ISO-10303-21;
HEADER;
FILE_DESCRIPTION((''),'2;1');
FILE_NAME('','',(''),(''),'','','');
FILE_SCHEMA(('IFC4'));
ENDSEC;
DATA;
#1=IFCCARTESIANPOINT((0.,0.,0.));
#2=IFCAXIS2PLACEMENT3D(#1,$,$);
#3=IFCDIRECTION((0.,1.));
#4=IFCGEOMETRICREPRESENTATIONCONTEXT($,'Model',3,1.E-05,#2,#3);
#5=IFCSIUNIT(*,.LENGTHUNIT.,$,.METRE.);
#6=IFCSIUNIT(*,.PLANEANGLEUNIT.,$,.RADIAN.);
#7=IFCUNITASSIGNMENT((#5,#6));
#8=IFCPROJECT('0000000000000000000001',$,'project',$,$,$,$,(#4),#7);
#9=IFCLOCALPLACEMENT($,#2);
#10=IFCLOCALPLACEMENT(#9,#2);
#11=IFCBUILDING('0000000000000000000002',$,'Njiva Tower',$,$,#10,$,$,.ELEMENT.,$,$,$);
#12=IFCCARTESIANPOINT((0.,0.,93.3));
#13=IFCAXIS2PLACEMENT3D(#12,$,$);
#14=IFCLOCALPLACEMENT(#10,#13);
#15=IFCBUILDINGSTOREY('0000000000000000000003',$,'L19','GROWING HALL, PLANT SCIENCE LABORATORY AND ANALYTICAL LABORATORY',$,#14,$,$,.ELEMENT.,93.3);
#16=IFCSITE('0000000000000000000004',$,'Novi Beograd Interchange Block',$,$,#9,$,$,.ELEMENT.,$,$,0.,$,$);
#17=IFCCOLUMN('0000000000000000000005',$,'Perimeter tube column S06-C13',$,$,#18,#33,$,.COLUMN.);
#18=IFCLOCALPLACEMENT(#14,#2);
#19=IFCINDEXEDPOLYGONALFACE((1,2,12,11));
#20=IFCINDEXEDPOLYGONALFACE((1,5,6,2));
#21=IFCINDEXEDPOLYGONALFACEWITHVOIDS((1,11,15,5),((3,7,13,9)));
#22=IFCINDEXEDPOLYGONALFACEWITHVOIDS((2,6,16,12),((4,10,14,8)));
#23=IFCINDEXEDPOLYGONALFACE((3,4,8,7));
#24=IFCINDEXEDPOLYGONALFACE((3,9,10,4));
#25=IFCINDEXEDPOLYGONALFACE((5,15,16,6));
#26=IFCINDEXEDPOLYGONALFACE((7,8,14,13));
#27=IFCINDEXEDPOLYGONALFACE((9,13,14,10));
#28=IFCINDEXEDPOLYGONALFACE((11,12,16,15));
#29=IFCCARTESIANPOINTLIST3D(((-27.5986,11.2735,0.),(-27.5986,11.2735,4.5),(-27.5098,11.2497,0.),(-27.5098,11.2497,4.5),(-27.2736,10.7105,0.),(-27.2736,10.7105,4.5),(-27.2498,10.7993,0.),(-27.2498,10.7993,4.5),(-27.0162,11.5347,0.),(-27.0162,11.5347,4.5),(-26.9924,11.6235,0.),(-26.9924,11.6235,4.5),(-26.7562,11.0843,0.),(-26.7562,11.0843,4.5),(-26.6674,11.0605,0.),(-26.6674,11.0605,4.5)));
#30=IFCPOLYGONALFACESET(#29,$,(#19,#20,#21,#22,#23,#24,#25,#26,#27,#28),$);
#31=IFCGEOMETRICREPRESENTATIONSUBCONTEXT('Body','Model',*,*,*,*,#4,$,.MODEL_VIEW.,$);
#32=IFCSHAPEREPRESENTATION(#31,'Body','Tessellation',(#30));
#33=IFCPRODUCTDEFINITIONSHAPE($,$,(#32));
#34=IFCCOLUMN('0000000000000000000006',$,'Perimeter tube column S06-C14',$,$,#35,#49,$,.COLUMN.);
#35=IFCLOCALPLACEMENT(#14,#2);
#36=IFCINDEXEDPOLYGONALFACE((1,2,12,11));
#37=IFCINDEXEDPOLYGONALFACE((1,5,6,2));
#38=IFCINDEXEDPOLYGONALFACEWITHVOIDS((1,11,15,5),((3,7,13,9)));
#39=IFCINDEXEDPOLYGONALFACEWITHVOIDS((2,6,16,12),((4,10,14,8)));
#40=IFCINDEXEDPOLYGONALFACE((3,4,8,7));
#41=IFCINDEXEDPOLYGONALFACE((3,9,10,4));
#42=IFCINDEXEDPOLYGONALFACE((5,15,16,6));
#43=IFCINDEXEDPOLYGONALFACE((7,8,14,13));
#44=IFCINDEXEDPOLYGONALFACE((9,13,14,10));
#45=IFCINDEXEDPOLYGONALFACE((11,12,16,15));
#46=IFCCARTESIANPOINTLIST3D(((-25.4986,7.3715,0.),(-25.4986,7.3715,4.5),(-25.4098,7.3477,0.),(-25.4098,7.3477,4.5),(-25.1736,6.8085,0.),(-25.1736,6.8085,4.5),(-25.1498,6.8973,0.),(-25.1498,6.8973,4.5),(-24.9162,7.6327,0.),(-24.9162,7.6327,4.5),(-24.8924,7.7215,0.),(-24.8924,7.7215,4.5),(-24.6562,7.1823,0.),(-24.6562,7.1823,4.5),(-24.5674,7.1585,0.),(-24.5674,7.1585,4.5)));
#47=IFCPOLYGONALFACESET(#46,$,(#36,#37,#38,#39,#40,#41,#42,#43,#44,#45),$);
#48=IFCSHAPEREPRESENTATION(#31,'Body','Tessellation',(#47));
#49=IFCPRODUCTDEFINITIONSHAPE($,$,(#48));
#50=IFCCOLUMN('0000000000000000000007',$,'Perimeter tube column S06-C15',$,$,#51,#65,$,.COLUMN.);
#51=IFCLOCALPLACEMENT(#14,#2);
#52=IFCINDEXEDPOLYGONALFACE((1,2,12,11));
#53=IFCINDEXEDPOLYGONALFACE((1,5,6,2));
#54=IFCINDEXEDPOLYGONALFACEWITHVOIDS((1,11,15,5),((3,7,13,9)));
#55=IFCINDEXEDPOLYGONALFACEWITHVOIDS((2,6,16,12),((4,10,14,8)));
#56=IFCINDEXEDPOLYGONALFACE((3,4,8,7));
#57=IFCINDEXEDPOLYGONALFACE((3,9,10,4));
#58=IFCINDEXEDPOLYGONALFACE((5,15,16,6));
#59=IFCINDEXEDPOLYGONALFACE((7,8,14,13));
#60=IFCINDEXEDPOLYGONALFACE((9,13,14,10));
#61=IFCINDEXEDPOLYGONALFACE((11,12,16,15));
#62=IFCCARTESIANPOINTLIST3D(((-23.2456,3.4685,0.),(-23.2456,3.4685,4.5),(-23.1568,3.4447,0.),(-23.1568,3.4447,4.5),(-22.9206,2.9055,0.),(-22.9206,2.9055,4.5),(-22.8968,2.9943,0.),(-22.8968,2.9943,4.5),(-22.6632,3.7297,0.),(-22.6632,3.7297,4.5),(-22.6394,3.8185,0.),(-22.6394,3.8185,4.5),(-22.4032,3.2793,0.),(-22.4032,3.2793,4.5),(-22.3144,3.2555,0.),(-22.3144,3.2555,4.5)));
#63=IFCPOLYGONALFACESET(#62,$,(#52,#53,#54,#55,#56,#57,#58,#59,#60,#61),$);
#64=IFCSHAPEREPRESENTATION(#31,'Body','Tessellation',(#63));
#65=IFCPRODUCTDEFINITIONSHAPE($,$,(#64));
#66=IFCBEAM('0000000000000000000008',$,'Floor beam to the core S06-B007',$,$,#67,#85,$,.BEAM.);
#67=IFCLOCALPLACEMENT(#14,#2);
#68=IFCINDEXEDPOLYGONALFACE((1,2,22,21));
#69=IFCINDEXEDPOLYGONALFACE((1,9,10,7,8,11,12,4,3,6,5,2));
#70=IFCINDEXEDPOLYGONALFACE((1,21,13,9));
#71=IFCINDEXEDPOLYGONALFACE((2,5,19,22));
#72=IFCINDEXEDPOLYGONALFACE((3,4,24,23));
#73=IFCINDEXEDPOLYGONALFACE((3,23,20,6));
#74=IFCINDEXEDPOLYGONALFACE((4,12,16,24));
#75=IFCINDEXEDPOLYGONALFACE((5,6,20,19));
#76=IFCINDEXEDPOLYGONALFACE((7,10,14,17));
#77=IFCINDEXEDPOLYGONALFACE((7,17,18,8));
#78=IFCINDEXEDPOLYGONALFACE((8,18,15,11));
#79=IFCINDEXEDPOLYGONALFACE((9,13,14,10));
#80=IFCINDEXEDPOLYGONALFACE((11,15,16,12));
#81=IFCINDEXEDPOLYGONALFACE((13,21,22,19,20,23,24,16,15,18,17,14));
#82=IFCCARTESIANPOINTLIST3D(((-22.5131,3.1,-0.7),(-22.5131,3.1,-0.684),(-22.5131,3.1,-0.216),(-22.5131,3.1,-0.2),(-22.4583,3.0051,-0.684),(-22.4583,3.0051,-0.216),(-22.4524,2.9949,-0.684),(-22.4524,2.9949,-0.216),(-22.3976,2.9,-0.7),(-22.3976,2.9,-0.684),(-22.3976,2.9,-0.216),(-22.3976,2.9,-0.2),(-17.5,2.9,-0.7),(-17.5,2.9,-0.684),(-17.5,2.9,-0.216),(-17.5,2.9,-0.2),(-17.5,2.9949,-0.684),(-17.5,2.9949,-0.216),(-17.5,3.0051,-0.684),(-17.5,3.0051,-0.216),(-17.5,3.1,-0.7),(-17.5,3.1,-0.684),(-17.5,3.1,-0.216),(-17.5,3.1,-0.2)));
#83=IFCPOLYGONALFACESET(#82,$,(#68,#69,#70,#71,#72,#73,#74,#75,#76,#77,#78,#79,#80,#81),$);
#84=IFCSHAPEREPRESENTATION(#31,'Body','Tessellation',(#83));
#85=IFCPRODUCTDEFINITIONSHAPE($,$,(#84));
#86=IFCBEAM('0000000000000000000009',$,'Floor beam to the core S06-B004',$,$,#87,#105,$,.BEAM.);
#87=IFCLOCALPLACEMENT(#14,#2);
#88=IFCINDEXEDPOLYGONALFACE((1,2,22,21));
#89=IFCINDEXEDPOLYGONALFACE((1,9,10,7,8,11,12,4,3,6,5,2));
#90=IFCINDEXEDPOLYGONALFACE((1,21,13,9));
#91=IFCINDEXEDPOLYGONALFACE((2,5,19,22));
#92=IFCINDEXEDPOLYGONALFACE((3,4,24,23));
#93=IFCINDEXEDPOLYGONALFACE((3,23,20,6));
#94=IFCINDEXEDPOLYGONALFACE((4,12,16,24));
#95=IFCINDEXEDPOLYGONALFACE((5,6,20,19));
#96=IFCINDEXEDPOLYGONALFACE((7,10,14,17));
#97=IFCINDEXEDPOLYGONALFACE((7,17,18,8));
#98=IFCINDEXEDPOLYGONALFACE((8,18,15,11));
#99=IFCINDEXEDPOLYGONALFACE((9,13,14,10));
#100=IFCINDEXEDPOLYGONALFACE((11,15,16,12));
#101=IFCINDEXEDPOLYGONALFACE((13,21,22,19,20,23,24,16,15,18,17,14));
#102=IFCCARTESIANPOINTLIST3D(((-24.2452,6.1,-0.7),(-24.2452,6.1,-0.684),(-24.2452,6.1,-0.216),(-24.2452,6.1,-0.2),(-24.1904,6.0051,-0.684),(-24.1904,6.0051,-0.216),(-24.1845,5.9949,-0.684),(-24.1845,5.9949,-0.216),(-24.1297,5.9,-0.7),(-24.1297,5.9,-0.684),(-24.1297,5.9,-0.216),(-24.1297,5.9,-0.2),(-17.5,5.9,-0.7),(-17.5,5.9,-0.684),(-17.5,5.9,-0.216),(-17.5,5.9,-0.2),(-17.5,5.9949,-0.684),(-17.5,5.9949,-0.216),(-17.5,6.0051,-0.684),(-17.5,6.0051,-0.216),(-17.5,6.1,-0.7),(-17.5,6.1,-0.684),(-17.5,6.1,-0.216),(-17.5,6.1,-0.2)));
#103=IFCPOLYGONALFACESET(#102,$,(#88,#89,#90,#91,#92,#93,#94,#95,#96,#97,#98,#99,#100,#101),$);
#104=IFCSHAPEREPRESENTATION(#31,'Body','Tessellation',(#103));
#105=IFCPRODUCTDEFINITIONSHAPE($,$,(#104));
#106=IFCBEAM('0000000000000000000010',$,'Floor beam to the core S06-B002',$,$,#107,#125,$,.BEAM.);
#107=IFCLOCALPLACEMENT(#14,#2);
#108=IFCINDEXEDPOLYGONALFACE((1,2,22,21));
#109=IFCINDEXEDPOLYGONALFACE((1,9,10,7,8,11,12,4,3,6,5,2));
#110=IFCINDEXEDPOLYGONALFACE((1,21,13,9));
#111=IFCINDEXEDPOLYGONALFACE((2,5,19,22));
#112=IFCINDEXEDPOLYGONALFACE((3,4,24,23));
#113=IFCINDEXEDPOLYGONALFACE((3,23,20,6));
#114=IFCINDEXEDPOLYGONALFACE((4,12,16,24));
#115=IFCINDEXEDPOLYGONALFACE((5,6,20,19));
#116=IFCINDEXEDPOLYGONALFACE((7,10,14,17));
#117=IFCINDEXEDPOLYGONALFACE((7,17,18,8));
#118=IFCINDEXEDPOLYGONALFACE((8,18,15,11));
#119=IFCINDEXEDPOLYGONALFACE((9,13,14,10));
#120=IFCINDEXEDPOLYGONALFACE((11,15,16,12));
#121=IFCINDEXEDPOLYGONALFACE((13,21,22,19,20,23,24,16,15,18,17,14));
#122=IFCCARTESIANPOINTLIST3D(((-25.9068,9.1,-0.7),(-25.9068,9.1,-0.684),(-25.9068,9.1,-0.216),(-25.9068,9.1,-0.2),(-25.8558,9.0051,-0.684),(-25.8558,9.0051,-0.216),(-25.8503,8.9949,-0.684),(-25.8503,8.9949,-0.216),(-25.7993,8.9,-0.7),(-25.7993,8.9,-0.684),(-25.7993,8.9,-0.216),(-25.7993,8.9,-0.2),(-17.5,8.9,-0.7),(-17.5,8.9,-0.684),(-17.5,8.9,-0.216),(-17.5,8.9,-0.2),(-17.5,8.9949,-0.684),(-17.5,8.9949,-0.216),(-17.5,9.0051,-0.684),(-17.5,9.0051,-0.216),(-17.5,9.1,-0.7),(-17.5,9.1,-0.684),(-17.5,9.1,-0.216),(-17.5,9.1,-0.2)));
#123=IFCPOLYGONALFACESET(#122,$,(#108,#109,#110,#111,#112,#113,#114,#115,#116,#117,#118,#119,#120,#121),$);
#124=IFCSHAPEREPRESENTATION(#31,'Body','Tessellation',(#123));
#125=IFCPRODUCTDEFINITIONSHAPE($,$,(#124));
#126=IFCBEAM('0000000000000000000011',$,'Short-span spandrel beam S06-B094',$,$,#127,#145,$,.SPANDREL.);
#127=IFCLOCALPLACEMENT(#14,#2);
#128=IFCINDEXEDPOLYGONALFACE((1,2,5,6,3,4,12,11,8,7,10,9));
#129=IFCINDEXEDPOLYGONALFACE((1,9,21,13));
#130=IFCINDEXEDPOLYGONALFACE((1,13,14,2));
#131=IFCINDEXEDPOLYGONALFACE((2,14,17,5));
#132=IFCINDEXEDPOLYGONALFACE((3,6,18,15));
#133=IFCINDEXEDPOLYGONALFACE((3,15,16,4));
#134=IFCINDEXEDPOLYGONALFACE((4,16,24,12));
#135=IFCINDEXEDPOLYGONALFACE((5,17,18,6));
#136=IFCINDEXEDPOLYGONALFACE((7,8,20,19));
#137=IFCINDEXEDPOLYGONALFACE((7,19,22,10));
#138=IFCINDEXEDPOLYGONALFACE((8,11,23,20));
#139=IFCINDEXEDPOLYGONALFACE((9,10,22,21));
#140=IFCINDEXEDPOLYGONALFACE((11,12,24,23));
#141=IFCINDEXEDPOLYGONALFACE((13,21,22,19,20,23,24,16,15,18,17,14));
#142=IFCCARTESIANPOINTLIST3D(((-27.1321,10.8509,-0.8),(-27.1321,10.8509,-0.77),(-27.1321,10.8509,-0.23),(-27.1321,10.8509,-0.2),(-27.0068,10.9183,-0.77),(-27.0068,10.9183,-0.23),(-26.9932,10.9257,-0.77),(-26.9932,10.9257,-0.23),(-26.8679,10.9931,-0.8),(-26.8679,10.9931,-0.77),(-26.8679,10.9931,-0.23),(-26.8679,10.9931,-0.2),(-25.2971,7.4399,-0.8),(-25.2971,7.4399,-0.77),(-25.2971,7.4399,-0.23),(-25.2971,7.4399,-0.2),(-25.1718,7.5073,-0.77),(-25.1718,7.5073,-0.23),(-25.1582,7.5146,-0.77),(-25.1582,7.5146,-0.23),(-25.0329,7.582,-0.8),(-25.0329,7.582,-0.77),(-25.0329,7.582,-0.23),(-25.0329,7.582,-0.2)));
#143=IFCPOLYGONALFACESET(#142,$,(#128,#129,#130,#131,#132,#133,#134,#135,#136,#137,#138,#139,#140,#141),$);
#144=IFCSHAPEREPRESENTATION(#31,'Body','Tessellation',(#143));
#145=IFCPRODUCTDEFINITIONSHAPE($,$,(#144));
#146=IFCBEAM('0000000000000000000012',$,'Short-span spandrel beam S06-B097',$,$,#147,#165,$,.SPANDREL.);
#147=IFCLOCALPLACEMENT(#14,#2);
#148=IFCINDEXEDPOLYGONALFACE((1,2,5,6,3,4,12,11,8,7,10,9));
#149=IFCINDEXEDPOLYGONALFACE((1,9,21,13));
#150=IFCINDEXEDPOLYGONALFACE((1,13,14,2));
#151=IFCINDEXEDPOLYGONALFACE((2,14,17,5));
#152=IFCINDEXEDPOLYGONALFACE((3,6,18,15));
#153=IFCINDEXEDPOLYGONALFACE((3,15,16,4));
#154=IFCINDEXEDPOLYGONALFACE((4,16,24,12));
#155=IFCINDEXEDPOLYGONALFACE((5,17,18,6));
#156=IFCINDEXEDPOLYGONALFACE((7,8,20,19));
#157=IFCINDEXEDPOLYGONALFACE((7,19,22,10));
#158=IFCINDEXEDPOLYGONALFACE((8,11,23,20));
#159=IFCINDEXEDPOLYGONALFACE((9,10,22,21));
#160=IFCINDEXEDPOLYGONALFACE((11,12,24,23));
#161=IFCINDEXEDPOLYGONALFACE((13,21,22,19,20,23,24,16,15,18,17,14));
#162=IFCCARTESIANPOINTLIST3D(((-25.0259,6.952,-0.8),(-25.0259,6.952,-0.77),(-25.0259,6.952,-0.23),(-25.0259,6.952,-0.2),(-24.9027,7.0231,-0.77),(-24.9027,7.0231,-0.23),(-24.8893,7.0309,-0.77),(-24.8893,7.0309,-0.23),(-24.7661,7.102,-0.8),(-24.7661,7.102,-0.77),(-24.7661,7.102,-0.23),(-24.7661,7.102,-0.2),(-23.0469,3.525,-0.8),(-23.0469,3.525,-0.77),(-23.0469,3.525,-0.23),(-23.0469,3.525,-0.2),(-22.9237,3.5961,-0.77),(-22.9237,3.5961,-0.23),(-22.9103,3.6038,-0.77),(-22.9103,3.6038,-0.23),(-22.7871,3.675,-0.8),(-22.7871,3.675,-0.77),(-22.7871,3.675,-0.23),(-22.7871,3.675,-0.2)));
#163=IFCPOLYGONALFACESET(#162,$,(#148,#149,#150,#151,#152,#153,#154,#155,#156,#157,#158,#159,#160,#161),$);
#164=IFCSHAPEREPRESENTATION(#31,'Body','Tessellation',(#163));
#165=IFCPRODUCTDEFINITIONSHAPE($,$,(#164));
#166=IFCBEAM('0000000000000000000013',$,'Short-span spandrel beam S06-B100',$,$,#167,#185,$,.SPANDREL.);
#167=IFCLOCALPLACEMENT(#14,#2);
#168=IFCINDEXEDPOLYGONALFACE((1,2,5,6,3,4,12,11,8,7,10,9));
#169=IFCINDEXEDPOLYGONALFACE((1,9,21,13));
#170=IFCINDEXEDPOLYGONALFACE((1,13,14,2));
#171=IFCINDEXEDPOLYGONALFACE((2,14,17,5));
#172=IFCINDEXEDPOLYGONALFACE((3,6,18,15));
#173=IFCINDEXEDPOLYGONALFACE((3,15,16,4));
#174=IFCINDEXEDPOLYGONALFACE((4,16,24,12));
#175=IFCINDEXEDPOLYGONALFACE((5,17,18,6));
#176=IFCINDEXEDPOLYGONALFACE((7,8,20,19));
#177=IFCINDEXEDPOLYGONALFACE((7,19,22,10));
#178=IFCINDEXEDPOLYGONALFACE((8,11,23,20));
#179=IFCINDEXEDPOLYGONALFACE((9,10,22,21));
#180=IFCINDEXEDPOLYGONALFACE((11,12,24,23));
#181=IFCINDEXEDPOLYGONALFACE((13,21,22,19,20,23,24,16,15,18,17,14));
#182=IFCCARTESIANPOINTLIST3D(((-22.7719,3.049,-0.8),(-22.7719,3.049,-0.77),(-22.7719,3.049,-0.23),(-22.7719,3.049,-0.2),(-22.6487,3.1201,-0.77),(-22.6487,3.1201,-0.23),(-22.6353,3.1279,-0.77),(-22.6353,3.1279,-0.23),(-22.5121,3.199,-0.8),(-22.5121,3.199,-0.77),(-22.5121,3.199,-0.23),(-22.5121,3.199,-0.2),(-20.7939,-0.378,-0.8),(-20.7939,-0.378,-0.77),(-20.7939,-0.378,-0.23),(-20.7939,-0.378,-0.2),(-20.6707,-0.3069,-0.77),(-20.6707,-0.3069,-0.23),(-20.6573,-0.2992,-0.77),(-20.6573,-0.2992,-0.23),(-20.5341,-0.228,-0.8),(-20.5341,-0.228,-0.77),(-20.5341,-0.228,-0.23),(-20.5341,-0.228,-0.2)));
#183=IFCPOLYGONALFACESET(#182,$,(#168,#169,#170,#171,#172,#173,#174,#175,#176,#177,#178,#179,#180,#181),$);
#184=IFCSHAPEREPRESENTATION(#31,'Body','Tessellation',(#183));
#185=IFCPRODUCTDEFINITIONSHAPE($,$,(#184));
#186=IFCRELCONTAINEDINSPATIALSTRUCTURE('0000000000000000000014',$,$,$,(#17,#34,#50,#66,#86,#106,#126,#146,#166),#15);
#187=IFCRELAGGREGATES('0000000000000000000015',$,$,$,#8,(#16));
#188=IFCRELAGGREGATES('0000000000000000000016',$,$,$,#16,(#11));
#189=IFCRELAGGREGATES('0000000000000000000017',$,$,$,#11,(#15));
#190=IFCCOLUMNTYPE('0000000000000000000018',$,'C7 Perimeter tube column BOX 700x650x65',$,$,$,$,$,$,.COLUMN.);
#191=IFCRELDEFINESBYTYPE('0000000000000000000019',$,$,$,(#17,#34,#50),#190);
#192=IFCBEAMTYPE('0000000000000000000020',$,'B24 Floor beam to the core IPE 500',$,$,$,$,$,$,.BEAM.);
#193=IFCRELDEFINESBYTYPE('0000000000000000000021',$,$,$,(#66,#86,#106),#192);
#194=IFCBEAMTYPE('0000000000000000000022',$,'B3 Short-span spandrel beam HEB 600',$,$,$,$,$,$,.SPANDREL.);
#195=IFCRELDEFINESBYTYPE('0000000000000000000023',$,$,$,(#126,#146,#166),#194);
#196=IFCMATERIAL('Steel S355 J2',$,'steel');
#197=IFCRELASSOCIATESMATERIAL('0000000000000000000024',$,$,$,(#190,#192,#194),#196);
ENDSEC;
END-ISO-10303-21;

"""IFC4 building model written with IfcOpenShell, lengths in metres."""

from ifc_helpers import new_model, si_unit, direction, frame, origin, origin_2d, place, context, subcontext, project, spatial, hollow_rectangle, i_section, extrude, clip, halfspace, material, material_profile, profile_set, type_object, element, save


model = new_model("IFC4")

# Units and contexts
model_context = context("Model", 3, precision=1e-05, world=origin(), true_north=direction((0.0, 1.0)))
body_context = subcontext(model_context, "Body", "Model", "MODEL_VIEW")
ifc_project = project(units=[si_unit("LENGTHUNIT", "METRE"), si_unit("PLANEANGLEUNIT", "RADIAN")], contexts=[model_context])

# Site, building, storey
site_placement = place(None, origin())
site = spatial("IfcSite", under=ifc_project, at=site_placement, Name="Novi Beograd Interchange Block", CompositionType="ELEMENT", RefElevation=0.0)
building_placement = place(site_placement, origin())
building = spatial("IfcBuilding", under=site, at=building_placement, Name="Njiva Tower", CompositionType="ELEMENT")
storey_placement = place(building_placement, frame((0.0, 0.0, 93.3)))
storey = spatial("IfcBuildingStorey", under=building, at=storey_placement, Name="L19", Description="GROWING HALL, PLANT SCIENCE LABORATORY AND ANALYTICAL LABORATORY", CompositionType="ELEMENT", Elevation=93.3)

# Columns
ifc_material_1 = material(Name="Steel S355 J2", Category="steel")
ifc_material_profile_1 = material_profile(ifc_material_1, hollow_rectangle(XDim=0.65, YDim=0.7, WallThickness=0.065, at=origin_2d()), Name="BOX 700x650x65")
ifc_profile_set_1 = profile_set([ifc_material_profile_1], Name="Steel S355 J2")
column_type = type_object("IfcColumnType", Name="C7 Perimeter tube column BOX 700x650x65", PredefinedType="COLUMN", material=ifc_profile_set_1)
for number, where, z_axis, x_axis, name in (
    (1, (-27.133, 11.167, 0.0), (0.0, 0.0, 1.0), (0.5, -0.866025, 0.0), "Perimeter tube column S06-C13"),
    (2, (-25.033, 7.265, 0.0), (0.0, 0.0, 1.0), (0.5, -0.866025, 0.0), "Perimeter tube column S06-C14"),
    (3, (-22.78, 3.362, 0.0), (0.0, 0.0, 1.0), (0.5, -0.866025, 0.0), "Perimeter tube column S06-C15"),
):
    element("IfcColumn", number, at=place(storey_placement, frame(where, z_axis=z_axis, x_axis=x_axis)), inside=storey, type_object=column_type, Name=name, PredefinedType="COLUMN", context=body_context, shape_type="SweptSolid", body=[
        extrude(hollow_rectangle(XDim=0.65, YDim=0.7, WallThickness=0.065, at=origin_2d()), origin(), (0.0, 0.0, 1.0), 4.5),
    ])

# Beams
ifc_material_profile_2 = material_profile(ifc_material_1, i_section(OverallWidth=0.2, OverallDepth=0.5, WebThickness=0.0102, FlangeThickness=0.016, at=origin_2d()), Name="IPE 500")
ifc_profile_set_2 = profile_set([ifc_material_profile_2], Name="Steel S355 J2")
beam_type_1 = type_object("IfcBeamType", Name="B24 Floor beam to the core IPE 500", PredefinedType="BEAM", material=ifc_profile_set_2)
beam_1_placement = place(storey_placement, frame((-22.533, 3.0, -0.45), z_axis=(1.0, 0.0, 0.0), x_axis=(0.0, 1.0, 0.0)))
element("IfcBeam", 4, at=beam_1_placement, inside=storey, type_object=beam_type_1, Name="Floor beam to the core S06-B007", PredefinedType="BEAM", context=body_context, shape_type="Clipping", body=[
    clip(extrude(i_section(OverallWidth=0.2, OverallDepth=0.5, WebThickness=0.0102, FlangeThickness=0.016, at=origin_2d()), origin(), (0.0, 0.0, 1.0), 5.033), halfspace(frame((-0.025, 0.0, 0.0921), z_axis=(-0.499998, 0.0, -0.866027), x_axis=(0.0, -1.0, 0.0)), False)),
])
beam_2_placement = place(storey_placement, frame((-24.265, 6.0, -0.45), z_axis=(1.0, 0.0, 0.0), x_axis=(0.0, 1.0, 0.0)))
element("IfcBeam", 5, at=beam_2_placement, inside=storey, type_object=beam_type_1, Name="Floor beam to the core S06-B004", PredefinedType="BEAM", context=body_context, shape_type="Clipping", body=[
    clip(extrude(i_section(OverallWidth=0.2, OverallDepth=0.5, WebThickness=0.0102, FlangeThickness=0.016, at=origin_2d()), origin(), (0.0, 0.0, 1.0), 6.765), halfspace(frame((-0.025, 0.0, 0.092), z_axis=(-0.499998, 0.0, -0.866027), x_axis=(0.0, -1.0, 0.0)), False)),
])
beam_3_placement = place(storey_placement, frame((-25.927, 9.0, -0.45), z_axis=(1.0, 0.0, 0.0), x_axis=(0.0, 1.0, 0.0)))
element("IfcBeam", 6, at=beam_3_placement, inside=storey, type_object=beam_type_1, Name="Floor beam to the core S06-B002", PredefinedType="BEAM", context=body_context, shape_type="Clipping", body=[
    clip(extrude(i_section(OverallWidth=0.2, OverallDepth=0.5, WebThickness=0.0102, FlangeThickness=0.016, at=origin_2d()), origin(), (0.0, 0.0, 1.0), 8.427), halfspace(frame((-0.0237, 0.0, 0.0867), z_axis=(-0.473762, 0.0, -0.880653), x_axis=(0.0, -1.0, 0.0)), False)),
])
ifc_material_profile_3 = material_profile(ifc_material_1, i_section(OverallWidth=0.3, OverallDepth=0.6, WebThickness=0.0155, FlangeThickness=0.03, at=origin_2d()), Name="HEB 600")
ifc_profile_set_3 = profile_set([ifc_material_profile_3], Name="Steel S355 J2")
beam_type_2 = type_object("IfcBeamType", Name="B3 Short-span spandrel beam HEB 600", PredefinedType="SPANDREL", material=ifc_profile_set_3)
beam_4_placement = place(storey_placement, frame((-27.0, 10.922, -0.5), z_axis=(0.473761, -0.880653, 0.0), x_axis=(0.880653, 0.473761, 0.0)))
element("IfcBeam", 7, at=beam_4_placement, inside=storey, type_object=beam_type_2, Name="Short-span spandrel beam S06-B094", PredefinedType="SPANDREL", context=body_context, shape_type="SweptSolid", body=[
    extrude(i_section(OverallWidth=0.3, OverallDepth=0.6, WebThickness=0.0155, FlangeThickness=0.03, at=origin_2d()), origin(), (0.0, 0.0, 1.0), 3.8733),
])
beam_5_placement = place(storey_placement, frame((-24.896, 7.027, -0.5), z_axis=(0.50008, -0.865979, 0.0), x_axis=(0.865979, 0.50008, 0.0)))
element("IfcBeam", 8, at=beam_5_placement, inside=storey, type_object=beam_type_2, Name="Short-span spandrel beam S06-B097", PredefinedType="SPANDREL", context=body_context, shape_type="SweptSolid", body=[
    extrude(i_section(OverallWidth=0.3, OverallDepth=0.6, WebThickness=0.0155, FlangeThickness=0.03, at=origin_2d()), origin(), (0.0, 0.0, 1.0), 3.9574),
])
beam_6_placement = place(storey_placement, frame((-22.642, 3.124, -0.5), z_axis=(0.49989, -0.866089, 0.0), x_axis=(0.866089, 0.49989, 0.0)))
element("IfcBeam", 9, at=beam_6_placement, inside=storey, type_object=beam_type_2, Name="Short-span spandrel beam S06-B100", PredefinedType="SPANDREL", context=body_context, shape_type="SweptSolid", body=[
    extrude(i_section(OverallWidth=0.3, OverallDepth=0.6, WebThickness=0.0155, FlangeThickness=0.03, at=origin_2d()), origin(), (0.0, 0.0, 1.0), 3.9569),
])

save(model, "model.ifc")
